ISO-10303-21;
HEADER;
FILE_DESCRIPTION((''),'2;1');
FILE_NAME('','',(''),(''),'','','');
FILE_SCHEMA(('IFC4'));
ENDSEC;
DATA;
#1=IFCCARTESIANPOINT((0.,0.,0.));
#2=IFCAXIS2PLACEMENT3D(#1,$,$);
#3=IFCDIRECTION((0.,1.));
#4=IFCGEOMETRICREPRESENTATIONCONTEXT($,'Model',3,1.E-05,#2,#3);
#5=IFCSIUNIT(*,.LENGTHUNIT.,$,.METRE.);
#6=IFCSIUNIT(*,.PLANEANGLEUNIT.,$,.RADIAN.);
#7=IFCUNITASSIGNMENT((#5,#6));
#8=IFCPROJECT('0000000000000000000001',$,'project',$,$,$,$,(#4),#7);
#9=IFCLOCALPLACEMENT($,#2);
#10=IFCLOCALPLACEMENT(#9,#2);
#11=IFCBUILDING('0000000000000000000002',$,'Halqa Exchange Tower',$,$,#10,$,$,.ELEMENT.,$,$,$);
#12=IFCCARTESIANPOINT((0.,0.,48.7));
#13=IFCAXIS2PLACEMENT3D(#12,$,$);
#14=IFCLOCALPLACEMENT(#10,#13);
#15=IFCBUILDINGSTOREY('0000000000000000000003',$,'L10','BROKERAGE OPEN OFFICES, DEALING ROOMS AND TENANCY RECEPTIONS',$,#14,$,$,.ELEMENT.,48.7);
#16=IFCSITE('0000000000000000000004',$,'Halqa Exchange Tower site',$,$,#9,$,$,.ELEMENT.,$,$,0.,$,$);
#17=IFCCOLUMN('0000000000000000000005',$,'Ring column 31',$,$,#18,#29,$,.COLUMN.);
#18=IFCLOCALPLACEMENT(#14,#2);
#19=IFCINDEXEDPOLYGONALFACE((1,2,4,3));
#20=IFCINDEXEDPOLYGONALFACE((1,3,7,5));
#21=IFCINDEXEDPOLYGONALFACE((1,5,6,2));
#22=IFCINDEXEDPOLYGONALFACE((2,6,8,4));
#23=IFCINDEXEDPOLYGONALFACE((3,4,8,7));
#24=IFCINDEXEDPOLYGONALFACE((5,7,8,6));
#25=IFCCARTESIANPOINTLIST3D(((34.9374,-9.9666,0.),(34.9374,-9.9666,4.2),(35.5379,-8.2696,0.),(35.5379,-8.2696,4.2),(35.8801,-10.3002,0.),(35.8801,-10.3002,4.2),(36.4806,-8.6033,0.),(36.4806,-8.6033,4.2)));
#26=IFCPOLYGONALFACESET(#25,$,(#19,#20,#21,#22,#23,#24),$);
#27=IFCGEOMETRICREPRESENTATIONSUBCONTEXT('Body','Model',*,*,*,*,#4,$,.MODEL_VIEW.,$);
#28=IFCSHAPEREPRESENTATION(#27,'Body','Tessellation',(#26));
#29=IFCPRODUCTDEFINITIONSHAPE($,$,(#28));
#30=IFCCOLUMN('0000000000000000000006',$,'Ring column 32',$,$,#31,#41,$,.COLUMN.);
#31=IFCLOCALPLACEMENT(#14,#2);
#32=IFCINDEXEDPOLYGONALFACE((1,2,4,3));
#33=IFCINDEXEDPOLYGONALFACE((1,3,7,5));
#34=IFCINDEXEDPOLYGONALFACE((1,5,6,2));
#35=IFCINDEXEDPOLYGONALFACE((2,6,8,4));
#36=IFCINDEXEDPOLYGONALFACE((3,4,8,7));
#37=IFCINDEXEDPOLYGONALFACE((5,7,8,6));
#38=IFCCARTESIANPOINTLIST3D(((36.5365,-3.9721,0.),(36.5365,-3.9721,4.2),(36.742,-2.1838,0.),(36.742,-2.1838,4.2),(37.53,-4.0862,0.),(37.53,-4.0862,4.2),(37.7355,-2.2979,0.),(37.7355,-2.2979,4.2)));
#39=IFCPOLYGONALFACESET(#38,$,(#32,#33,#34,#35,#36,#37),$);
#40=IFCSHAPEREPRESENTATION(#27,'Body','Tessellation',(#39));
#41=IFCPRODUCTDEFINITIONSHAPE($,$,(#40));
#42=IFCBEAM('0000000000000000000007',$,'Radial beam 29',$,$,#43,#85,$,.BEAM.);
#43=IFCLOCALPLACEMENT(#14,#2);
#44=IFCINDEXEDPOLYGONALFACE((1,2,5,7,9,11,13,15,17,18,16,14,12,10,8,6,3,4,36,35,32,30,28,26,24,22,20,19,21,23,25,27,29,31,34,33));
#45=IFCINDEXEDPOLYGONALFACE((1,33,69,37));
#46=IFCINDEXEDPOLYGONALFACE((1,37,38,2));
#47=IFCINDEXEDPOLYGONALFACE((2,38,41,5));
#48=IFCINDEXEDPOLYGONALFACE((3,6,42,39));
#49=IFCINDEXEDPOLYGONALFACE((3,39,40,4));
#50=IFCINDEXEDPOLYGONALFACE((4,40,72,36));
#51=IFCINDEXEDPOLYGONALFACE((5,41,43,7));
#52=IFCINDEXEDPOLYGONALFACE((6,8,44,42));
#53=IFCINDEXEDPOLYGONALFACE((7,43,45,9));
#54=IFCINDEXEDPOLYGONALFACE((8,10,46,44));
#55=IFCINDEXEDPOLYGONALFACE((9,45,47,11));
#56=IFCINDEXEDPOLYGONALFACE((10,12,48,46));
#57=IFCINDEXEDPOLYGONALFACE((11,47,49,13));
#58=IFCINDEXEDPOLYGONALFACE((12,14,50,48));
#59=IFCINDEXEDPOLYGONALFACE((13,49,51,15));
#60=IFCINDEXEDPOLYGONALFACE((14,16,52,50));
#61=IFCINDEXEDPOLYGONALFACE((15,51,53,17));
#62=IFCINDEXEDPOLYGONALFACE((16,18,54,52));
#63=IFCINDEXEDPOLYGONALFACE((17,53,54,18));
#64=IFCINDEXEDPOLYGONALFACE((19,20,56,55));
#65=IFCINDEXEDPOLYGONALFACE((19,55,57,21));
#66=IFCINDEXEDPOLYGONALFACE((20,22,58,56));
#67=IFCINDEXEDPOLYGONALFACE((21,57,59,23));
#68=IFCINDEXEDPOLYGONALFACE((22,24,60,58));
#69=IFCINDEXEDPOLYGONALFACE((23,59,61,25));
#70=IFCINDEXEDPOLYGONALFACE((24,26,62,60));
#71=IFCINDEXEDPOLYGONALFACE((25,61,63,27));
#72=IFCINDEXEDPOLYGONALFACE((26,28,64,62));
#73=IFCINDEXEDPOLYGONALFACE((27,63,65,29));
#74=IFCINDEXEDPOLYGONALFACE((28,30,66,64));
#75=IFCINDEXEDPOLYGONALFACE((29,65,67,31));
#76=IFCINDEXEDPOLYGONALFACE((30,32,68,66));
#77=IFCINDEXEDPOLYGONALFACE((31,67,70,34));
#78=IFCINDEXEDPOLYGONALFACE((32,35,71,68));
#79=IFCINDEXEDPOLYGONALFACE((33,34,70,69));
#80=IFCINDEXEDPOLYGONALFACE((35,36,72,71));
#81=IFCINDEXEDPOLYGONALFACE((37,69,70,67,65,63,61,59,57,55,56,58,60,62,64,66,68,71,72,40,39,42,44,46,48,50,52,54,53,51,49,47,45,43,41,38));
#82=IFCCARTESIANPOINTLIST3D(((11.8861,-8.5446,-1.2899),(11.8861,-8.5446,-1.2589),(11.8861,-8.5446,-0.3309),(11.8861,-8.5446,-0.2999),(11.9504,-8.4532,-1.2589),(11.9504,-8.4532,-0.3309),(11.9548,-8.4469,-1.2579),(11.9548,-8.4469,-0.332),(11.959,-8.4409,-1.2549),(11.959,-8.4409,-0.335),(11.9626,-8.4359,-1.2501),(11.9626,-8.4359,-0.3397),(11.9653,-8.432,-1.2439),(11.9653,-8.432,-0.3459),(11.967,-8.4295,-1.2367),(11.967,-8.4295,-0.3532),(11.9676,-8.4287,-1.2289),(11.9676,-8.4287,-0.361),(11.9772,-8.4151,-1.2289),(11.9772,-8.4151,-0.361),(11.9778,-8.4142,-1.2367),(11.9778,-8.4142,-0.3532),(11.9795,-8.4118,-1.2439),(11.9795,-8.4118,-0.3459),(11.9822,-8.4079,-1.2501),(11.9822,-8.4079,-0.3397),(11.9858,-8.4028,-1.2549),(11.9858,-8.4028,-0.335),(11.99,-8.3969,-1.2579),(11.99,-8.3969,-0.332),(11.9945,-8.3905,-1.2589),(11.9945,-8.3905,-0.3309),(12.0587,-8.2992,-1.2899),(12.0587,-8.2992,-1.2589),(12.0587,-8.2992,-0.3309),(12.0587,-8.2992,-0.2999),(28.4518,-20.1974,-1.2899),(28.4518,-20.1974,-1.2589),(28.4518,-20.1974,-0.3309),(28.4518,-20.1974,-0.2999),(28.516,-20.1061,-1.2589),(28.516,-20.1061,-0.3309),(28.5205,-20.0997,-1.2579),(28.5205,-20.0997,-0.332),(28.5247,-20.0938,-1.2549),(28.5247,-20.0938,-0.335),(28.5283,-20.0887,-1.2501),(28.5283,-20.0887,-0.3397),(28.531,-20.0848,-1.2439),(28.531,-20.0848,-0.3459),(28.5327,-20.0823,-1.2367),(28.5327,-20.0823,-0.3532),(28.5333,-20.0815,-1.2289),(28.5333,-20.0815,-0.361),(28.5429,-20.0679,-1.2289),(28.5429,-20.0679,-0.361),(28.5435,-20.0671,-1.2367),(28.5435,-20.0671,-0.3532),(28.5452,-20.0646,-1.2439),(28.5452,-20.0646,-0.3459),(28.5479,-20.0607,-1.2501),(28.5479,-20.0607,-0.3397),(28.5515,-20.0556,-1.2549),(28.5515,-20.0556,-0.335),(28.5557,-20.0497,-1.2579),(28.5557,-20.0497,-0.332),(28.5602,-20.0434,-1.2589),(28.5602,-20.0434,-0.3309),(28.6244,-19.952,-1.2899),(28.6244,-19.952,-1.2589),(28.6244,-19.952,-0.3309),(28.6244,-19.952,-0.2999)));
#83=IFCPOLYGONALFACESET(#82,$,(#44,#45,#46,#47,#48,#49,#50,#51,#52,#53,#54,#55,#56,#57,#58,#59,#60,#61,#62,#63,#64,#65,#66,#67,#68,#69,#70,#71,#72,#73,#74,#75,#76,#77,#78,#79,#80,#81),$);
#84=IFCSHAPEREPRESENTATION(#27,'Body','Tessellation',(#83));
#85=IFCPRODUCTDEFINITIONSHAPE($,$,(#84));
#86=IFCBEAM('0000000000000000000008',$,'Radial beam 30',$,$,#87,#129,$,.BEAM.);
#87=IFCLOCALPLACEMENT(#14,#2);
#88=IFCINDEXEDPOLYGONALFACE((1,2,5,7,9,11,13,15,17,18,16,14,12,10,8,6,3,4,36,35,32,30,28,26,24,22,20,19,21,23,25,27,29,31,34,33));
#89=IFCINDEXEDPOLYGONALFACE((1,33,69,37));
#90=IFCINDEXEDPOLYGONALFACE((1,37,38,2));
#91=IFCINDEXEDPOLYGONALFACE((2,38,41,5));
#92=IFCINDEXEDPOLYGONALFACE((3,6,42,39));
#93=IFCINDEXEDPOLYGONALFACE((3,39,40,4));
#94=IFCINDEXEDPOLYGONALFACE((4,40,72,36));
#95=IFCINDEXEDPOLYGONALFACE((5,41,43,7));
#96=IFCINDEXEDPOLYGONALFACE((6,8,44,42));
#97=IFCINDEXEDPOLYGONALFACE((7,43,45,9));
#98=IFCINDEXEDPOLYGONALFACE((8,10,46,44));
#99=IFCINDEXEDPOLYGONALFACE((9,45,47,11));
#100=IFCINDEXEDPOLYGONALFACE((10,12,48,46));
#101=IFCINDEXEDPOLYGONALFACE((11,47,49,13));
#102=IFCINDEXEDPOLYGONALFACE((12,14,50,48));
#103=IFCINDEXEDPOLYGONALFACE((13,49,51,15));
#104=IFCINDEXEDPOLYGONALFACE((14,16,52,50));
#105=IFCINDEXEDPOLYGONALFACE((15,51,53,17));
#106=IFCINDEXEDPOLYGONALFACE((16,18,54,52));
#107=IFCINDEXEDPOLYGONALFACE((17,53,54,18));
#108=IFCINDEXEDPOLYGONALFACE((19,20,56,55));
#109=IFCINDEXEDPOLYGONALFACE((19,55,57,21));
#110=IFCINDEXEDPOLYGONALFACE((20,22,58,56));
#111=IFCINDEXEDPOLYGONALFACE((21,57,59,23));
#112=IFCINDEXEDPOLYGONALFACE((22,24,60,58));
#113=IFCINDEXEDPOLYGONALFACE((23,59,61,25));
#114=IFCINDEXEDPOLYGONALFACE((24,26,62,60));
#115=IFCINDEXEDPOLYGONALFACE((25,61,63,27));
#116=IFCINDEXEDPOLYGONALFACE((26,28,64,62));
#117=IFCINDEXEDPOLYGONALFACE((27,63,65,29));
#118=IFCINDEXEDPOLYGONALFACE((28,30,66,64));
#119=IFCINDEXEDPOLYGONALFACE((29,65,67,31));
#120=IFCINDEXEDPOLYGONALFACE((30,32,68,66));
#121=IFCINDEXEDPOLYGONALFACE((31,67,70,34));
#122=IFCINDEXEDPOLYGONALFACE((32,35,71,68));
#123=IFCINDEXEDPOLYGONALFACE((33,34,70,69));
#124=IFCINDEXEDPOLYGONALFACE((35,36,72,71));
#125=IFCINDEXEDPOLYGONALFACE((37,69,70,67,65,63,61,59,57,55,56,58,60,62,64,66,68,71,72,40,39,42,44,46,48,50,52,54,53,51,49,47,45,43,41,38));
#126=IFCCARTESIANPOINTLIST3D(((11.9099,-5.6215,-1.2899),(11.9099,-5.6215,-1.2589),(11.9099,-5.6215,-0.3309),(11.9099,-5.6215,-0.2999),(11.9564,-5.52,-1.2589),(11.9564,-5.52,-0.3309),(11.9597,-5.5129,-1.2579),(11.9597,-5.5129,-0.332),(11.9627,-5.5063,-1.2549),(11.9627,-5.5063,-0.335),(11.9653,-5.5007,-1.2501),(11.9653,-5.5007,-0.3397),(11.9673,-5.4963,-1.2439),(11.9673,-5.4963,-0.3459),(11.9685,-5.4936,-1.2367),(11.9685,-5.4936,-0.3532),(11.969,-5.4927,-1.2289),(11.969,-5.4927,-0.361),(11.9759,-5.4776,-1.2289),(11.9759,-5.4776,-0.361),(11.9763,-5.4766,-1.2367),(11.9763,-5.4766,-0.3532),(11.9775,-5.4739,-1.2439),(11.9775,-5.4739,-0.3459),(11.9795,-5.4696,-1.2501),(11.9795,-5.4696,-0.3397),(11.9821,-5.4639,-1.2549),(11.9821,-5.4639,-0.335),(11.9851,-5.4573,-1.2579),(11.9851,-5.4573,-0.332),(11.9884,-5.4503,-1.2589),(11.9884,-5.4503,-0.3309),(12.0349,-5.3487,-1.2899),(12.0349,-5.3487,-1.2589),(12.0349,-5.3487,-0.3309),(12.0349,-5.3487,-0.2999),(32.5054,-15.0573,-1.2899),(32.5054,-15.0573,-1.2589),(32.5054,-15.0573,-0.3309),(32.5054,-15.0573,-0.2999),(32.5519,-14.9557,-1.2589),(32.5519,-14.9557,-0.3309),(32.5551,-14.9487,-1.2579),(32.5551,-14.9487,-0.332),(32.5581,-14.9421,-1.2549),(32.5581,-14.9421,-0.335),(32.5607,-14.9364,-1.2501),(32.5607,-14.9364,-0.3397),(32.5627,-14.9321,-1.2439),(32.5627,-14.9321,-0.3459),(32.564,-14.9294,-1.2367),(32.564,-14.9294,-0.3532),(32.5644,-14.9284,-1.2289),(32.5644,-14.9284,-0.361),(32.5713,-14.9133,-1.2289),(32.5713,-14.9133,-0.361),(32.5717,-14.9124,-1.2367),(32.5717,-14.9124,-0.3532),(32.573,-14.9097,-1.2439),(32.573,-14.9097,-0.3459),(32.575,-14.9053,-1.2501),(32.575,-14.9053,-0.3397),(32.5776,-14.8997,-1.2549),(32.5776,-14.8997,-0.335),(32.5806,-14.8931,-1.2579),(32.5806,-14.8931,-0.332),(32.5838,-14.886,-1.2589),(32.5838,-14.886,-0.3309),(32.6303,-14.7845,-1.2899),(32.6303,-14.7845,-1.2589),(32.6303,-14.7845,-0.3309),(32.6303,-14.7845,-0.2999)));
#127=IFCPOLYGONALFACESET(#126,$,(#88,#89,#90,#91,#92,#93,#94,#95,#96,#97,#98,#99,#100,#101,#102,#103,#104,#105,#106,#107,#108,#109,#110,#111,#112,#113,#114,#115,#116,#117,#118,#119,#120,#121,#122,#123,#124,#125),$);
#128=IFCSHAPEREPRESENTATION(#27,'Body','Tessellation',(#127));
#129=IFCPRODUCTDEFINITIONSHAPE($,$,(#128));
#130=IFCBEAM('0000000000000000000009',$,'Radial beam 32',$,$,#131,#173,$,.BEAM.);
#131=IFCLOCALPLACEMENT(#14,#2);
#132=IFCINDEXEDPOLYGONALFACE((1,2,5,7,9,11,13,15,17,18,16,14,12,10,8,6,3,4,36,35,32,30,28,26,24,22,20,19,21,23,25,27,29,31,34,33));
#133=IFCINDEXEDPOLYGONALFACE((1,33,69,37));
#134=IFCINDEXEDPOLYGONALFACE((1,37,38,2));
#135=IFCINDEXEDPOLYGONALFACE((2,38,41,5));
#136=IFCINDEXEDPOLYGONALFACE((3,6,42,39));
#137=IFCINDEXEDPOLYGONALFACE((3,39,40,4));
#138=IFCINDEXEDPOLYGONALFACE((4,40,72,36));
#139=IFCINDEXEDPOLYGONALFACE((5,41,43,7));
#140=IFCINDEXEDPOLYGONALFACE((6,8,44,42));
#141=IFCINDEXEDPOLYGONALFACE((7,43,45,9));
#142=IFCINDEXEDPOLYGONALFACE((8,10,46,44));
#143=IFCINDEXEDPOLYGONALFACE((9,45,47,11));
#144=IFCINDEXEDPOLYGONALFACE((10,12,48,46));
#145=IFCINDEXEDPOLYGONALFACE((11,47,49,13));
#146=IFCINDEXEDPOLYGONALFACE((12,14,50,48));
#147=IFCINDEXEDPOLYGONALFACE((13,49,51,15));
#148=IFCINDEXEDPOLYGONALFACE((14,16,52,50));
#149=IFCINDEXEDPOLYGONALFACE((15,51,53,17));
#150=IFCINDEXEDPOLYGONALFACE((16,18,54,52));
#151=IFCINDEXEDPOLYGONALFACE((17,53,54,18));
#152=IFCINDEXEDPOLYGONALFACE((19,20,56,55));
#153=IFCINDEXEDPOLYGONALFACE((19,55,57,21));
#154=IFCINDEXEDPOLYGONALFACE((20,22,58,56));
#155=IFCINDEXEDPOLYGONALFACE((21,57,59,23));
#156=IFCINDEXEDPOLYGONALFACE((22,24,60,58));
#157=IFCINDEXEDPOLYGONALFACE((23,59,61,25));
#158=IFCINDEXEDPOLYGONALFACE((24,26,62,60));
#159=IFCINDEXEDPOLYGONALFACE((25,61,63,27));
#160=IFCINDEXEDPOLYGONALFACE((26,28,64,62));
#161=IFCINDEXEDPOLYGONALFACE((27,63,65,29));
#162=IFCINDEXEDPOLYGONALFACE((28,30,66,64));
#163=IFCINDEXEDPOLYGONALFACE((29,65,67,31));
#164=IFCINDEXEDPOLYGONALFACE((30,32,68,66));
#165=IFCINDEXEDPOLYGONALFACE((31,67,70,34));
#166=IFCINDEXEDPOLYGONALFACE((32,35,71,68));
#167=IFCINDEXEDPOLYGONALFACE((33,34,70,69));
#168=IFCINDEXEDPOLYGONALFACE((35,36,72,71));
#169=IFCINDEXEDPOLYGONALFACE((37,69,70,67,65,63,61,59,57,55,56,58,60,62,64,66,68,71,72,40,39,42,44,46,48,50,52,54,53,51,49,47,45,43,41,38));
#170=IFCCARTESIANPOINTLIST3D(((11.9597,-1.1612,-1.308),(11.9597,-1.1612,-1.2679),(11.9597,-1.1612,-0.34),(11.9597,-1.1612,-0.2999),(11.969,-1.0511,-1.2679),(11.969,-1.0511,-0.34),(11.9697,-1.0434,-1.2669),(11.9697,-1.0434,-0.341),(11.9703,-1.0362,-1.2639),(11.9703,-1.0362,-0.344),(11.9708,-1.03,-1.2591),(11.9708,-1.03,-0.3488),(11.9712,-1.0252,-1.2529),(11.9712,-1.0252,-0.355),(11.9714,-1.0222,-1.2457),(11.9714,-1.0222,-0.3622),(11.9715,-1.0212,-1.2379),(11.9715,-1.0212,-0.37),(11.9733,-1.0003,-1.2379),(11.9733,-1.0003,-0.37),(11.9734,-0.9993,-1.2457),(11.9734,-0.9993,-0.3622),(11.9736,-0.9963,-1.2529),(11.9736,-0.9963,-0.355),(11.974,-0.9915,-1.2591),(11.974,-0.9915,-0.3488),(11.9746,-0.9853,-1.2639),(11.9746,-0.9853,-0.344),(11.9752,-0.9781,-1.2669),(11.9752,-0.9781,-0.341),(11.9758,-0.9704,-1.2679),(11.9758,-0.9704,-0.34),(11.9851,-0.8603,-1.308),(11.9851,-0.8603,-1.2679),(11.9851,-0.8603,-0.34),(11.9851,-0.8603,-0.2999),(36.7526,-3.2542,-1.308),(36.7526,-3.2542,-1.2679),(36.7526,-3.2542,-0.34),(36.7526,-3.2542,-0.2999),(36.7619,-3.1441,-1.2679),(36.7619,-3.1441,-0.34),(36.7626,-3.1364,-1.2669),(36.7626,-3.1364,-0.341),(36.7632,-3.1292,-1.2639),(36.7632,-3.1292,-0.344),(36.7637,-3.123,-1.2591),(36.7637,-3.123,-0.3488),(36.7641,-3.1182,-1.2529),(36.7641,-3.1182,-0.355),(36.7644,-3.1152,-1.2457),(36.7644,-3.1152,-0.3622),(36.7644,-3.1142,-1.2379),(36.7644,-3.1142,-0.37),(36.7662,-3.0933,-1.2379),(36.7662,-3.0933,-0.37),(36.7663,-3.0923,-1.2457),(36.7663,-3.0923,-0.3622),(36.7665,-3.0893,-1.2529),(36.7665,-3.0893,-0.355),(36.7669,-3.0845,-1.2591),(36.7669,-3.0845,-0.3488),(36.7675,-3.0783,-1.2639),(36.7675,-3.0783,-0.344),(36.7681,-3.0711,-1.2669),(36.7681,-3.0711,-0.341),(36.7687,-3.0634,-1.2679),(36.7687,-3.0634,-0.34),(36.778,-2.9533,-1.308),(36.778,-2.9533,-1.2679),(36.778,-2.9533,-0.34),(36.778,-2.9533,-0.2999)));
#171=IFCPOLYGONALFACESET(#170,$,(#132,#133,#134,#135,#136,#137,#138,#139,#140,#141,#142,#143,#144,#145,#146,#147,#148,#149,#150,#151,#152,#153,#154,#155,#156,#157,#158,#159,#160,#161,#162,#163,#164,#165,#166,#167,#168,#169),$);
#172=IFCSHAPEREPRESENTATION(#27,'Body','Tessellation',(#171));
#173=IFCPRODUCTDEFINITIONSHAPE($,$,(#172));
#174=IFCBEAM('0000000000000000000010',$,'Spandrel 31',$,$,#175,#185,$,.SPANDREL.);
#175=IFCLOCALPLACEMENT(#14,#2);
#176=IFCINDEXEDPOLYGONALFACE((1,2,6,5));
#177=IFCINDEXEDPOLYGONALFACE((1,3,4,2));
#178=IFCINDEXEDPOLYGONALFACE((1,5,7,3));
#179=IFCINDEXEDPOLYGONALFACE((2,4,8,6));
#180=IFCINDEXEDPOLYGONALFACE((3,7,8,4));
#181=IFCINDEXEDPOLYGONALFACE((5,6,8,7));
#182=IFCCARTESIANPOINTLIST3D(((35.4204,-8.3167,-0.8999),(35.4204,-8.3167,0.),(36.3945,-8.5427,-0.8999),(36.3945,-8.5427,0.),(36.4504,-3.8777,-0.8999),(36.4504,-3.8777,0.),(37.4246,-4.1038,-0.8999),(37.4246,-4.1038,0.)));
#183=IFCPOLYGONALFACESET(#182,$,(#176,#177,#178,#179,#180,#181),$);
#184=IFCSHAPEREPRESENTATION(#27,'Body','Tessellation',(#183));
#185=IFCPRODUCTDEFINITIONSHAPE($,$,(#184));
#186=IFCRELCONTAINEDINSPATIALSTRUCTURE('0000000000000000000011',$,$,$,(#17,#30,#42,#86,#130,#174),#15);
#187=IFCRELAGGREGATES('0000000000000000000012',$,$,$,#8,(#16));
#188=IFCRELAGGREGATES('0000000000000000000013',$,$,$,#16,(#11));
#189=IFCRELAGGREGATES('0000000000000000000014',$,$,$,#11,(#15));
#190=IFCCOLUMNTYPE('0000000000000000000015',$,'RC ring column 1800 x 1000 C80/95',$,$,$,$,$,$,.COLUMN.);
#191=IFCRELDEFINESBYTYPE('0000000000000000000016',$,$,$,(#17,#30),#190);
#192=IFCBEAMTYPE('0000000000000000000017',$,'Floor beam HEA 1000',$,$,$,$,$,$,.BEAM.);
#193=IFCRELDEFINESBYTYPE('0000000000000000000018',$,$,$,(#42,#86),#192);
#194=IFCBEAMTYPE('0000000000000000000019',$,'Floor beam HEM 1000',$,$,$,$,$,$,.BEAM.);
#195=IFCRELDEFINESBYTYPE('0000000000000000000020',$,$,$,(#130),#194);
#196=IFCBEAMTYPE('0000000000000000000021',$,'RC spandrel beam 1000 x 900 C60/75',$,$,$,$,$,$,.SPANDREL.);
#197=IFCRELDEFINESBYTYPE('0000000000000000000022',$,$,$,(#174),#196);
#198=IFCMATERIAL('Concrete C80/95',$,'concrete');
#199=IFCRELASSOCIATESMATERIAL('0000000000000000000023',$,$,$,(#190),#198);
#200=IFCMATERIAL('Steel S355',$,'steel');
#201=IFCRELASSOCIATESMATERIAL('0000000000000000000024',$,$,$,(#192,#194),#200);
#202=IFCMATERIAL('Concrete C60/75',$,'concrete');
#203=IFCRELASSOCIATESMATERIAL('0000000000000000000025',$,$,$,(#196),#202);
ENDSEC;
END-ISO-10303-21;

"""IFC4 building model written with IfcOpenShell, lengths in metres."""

from ifc_helpers import new_model, si_unit, direction, frame, origin, origin_2d, place, context, subcontext, project, spatial, rectangle, i_section, extrude, material, material_profile, profile_set, type_object, element, save


model = new_model("IFC4")

# Units and contexts
model_context = context("Model", 3, precision=1e-05, world=origin(), true_north=direction((0.0, 1.0)))
body_context = subcontext(model_context, "Body", "Model", "MODEL_VIEW")
ifc_project = project(units=[si_unit("LENGTHUNIT", "METRE"), si_unit("PLANEANGLEUNIT", "RADIAN")], contexts=[model_context])

# Site, building, storey
site_placement = place(None, origin())
site = spatial("IfcSite", under=ifc_project, at=site_placement, Name="Halqa Exchange Tower site", CompositionType="ELEMENT", RefElevation=0.0)
building_placement = place(site_placement, origin())
building = spatial("IfcBuilding", under=site, at=building_placement, Name="Halqa Exchange Tower", CompositionType="ELEMENT")
storey_placement = place(building_placement, frame((0.0, 0.0, 48.7)))
storey = spatial("IfcBuildingStorey", under=building, at=storey_placement, Name="L10", Description="BROKERAGE OPEN OFFICES, DEALING ROOMS AND TENANCY RECEPTIONS", CompositionType="ELEMENT", Elevation=48.7)

# Columns
ifc_material_1 = material(Name="Concrete C80/95", Category="concrete")
ifc_material_profile_1 = material_profile(ifc_material_1, rectangle(XDim=1.8, YDim=1.0, at=origin_2d()), Name="1800 x 1000")
ifc_profile_set_1 = profile_set([ifc_material_profile_1], Name="Concrete C80/95")
column_type = type_object("IfcColumnType", Name="RC ring column 1800 x 1000 C80/95", PredefinedType="COLUMN", material=ifc_profile_set_1)
for number, where, z_axis, x_axis, name in (
    (1, (35.709, -9.2849, 0.0), (0.0, 0.0, 1.0), (0.333628, 0.942705, 0.0), "Ring column 31"),
    (2, (37.136, -3.135, 0.0), (0.0, 0.0, 1.0), (0.114153, 0.993463, 0.0), "Ring column 32"),
):
    element("IfcColumn", number, at=place(storey_placement, frame(where, z_axis=z_axis, x_axis=x_axis)), inside=storey, type_object=column_type, Name=name, PredefinedType="COLUMN", context=body_context, shape_type="SweptSolid", body=[
        extrude(rectangle(XDim=1.8, YDim=1.0, at=origin_2d()), origin(), (0.0, 0.0, 1.0), 4.2),
    ])

# Beams
ifc_material_2 = material(Name="Steel S355", Category="steel")
ifc_material_profile_2 = material_profile(ifc_material_2, i_section(OverallWidth=0.3, OverallDepth=0.99, WebThickness=0.0166, FlangeThickness=0.031, FilletRadius=0.03, at=origin_2d()), Name="HEA 1000")
ifc_profile_set_2 = profile_set([ifc_material_profile_2], Name="Steel S355")
beam_type_1 = type_object("IfcBeamType", Name="Floor beam HEA 1000", PredefinedType="BEAM", material=ifc_profile_set_2)
beam_1_placement = place(storey_placement, frame((11.9724, -8.4219, -0.7949), z_axis=(0.817911, -0.575345, 0.0), x_axis=(0.575345, 0.817911, 0.0)))
element("IfcBeam", 3, at=beam_1_placement, inside=storey, type_object=beam_type_1, Name="Radial beam 29", PredefinedType="BEAM", context=body_context, shape_type="SweptSolid", body=[
    extrude(i_section(OverallWidth=0.3, OverallDepth=0.99, WebThickness=0.0166, FlangeThickness=0.031, FilletRadius=0.03, at=origin_2d()), origin(), (0.0, 0.0, 1.0), 20.2537),
])
beam_2_placement = place(storey_placement, frame((11.9724, -5.4851, -0.7949), z_axis=(0.909128, -0.416516, 0.0), x_axis=(0.416516, 0.909128, 0.0)))
element("IfcBeam", 4, at=beam_2_placement, inside=storey, type_object=beam_type_1, Name="Radial beam 30", PredefinedType="BEAM", context=body_context, shape_type="SweptSolid", body=[
    extrude(i_section(OverallWidth=0.3, OverallDepth=0.99, WebThickness=0.0166, FlangeThickness=0.031, FilletRadius=0.03, at=origin_2d()), origin(), (0.0, 0.0, 1.0), 22.6541),
])
ifc_material_profile_3 = material_profile(ifc_material_2, i_section(OverallWidth=0.302, OverallDepth=1.0081, WebThickness=0.021, FlangeThickness=0.04, FilletRadius=0.03, at=origin_2d()), Name="HEM 1000")
ifc_profile_set_3 = profile_set([ifc_material_profile_3], Name="Steel S355")
beam_type_2 = type_object("IfcBeamType", Name="Floor beam HEM 1000", PredefinedType="BEAM", material=ifc_profile_set_3)
beam_3_placement = place(storey_placement, frame((11.9724, -1.0107, -0.804), z_axis=(0.996456, -0.084121, 0.0), x_axis=(0.084121, 0.996456, 0.0)))
element("IfcBeam", 5, at=beam_3_placement, inside=storey, type_object=beam_type_2, Name="Radial beam 32", PredefinedType="BEAM", context=body_context, shape_type="SweptSolid", body=[
    extrude(i_section(OverallWidth=0.302, OverallDepth=1.0081, WebThickness=0.021, FlangeThickness=0.04, FilletRadius=0.03, at=origin_2d()), origin(), (0.0, 0.0, 1.0), 24.8811),
])
ifc_material_3 = material(Name="Concrete C60/75", Category="concrete")
ifc_material_profile_4 = material_profile(ifc_material_3, rectangle(XDim=1.0, YDim=0.8999, at=origin_2d()), Name="1000 x 900")
ifc_profile_set_4 = profile_set([ifc_material_profile_4], Name="Concrete C60/75")
beam_type_3 = type_object("IfcBeamType", Name="RC spandrel beam 1000 x 900 C60/75", PredefinedType="SPANDREL", material=ifc_profile_set_4)
beam_4_placement = place(storey_placement, frame((35.9075, -8.4297, -0.45), z_axis=(0.226037, 0.974119, 0.0), x_axis=(-0.974119, 0.226037, 0.0)))
element("IfcBeam", 6, at=beam_4_placement, inside=storey, type_object=beam_type_3, Name="Spandrel 31", PredefinedType="SPANDREL", context=body_context, shape_type="SweptSolid", body=[
    extrude(rectangle(XDim=1.0, YDim=0.8999, at=origin_2d()), origin(), (0.0, 0.0, 1.0), 4.5569),
])

save(model, "model.ifc")
